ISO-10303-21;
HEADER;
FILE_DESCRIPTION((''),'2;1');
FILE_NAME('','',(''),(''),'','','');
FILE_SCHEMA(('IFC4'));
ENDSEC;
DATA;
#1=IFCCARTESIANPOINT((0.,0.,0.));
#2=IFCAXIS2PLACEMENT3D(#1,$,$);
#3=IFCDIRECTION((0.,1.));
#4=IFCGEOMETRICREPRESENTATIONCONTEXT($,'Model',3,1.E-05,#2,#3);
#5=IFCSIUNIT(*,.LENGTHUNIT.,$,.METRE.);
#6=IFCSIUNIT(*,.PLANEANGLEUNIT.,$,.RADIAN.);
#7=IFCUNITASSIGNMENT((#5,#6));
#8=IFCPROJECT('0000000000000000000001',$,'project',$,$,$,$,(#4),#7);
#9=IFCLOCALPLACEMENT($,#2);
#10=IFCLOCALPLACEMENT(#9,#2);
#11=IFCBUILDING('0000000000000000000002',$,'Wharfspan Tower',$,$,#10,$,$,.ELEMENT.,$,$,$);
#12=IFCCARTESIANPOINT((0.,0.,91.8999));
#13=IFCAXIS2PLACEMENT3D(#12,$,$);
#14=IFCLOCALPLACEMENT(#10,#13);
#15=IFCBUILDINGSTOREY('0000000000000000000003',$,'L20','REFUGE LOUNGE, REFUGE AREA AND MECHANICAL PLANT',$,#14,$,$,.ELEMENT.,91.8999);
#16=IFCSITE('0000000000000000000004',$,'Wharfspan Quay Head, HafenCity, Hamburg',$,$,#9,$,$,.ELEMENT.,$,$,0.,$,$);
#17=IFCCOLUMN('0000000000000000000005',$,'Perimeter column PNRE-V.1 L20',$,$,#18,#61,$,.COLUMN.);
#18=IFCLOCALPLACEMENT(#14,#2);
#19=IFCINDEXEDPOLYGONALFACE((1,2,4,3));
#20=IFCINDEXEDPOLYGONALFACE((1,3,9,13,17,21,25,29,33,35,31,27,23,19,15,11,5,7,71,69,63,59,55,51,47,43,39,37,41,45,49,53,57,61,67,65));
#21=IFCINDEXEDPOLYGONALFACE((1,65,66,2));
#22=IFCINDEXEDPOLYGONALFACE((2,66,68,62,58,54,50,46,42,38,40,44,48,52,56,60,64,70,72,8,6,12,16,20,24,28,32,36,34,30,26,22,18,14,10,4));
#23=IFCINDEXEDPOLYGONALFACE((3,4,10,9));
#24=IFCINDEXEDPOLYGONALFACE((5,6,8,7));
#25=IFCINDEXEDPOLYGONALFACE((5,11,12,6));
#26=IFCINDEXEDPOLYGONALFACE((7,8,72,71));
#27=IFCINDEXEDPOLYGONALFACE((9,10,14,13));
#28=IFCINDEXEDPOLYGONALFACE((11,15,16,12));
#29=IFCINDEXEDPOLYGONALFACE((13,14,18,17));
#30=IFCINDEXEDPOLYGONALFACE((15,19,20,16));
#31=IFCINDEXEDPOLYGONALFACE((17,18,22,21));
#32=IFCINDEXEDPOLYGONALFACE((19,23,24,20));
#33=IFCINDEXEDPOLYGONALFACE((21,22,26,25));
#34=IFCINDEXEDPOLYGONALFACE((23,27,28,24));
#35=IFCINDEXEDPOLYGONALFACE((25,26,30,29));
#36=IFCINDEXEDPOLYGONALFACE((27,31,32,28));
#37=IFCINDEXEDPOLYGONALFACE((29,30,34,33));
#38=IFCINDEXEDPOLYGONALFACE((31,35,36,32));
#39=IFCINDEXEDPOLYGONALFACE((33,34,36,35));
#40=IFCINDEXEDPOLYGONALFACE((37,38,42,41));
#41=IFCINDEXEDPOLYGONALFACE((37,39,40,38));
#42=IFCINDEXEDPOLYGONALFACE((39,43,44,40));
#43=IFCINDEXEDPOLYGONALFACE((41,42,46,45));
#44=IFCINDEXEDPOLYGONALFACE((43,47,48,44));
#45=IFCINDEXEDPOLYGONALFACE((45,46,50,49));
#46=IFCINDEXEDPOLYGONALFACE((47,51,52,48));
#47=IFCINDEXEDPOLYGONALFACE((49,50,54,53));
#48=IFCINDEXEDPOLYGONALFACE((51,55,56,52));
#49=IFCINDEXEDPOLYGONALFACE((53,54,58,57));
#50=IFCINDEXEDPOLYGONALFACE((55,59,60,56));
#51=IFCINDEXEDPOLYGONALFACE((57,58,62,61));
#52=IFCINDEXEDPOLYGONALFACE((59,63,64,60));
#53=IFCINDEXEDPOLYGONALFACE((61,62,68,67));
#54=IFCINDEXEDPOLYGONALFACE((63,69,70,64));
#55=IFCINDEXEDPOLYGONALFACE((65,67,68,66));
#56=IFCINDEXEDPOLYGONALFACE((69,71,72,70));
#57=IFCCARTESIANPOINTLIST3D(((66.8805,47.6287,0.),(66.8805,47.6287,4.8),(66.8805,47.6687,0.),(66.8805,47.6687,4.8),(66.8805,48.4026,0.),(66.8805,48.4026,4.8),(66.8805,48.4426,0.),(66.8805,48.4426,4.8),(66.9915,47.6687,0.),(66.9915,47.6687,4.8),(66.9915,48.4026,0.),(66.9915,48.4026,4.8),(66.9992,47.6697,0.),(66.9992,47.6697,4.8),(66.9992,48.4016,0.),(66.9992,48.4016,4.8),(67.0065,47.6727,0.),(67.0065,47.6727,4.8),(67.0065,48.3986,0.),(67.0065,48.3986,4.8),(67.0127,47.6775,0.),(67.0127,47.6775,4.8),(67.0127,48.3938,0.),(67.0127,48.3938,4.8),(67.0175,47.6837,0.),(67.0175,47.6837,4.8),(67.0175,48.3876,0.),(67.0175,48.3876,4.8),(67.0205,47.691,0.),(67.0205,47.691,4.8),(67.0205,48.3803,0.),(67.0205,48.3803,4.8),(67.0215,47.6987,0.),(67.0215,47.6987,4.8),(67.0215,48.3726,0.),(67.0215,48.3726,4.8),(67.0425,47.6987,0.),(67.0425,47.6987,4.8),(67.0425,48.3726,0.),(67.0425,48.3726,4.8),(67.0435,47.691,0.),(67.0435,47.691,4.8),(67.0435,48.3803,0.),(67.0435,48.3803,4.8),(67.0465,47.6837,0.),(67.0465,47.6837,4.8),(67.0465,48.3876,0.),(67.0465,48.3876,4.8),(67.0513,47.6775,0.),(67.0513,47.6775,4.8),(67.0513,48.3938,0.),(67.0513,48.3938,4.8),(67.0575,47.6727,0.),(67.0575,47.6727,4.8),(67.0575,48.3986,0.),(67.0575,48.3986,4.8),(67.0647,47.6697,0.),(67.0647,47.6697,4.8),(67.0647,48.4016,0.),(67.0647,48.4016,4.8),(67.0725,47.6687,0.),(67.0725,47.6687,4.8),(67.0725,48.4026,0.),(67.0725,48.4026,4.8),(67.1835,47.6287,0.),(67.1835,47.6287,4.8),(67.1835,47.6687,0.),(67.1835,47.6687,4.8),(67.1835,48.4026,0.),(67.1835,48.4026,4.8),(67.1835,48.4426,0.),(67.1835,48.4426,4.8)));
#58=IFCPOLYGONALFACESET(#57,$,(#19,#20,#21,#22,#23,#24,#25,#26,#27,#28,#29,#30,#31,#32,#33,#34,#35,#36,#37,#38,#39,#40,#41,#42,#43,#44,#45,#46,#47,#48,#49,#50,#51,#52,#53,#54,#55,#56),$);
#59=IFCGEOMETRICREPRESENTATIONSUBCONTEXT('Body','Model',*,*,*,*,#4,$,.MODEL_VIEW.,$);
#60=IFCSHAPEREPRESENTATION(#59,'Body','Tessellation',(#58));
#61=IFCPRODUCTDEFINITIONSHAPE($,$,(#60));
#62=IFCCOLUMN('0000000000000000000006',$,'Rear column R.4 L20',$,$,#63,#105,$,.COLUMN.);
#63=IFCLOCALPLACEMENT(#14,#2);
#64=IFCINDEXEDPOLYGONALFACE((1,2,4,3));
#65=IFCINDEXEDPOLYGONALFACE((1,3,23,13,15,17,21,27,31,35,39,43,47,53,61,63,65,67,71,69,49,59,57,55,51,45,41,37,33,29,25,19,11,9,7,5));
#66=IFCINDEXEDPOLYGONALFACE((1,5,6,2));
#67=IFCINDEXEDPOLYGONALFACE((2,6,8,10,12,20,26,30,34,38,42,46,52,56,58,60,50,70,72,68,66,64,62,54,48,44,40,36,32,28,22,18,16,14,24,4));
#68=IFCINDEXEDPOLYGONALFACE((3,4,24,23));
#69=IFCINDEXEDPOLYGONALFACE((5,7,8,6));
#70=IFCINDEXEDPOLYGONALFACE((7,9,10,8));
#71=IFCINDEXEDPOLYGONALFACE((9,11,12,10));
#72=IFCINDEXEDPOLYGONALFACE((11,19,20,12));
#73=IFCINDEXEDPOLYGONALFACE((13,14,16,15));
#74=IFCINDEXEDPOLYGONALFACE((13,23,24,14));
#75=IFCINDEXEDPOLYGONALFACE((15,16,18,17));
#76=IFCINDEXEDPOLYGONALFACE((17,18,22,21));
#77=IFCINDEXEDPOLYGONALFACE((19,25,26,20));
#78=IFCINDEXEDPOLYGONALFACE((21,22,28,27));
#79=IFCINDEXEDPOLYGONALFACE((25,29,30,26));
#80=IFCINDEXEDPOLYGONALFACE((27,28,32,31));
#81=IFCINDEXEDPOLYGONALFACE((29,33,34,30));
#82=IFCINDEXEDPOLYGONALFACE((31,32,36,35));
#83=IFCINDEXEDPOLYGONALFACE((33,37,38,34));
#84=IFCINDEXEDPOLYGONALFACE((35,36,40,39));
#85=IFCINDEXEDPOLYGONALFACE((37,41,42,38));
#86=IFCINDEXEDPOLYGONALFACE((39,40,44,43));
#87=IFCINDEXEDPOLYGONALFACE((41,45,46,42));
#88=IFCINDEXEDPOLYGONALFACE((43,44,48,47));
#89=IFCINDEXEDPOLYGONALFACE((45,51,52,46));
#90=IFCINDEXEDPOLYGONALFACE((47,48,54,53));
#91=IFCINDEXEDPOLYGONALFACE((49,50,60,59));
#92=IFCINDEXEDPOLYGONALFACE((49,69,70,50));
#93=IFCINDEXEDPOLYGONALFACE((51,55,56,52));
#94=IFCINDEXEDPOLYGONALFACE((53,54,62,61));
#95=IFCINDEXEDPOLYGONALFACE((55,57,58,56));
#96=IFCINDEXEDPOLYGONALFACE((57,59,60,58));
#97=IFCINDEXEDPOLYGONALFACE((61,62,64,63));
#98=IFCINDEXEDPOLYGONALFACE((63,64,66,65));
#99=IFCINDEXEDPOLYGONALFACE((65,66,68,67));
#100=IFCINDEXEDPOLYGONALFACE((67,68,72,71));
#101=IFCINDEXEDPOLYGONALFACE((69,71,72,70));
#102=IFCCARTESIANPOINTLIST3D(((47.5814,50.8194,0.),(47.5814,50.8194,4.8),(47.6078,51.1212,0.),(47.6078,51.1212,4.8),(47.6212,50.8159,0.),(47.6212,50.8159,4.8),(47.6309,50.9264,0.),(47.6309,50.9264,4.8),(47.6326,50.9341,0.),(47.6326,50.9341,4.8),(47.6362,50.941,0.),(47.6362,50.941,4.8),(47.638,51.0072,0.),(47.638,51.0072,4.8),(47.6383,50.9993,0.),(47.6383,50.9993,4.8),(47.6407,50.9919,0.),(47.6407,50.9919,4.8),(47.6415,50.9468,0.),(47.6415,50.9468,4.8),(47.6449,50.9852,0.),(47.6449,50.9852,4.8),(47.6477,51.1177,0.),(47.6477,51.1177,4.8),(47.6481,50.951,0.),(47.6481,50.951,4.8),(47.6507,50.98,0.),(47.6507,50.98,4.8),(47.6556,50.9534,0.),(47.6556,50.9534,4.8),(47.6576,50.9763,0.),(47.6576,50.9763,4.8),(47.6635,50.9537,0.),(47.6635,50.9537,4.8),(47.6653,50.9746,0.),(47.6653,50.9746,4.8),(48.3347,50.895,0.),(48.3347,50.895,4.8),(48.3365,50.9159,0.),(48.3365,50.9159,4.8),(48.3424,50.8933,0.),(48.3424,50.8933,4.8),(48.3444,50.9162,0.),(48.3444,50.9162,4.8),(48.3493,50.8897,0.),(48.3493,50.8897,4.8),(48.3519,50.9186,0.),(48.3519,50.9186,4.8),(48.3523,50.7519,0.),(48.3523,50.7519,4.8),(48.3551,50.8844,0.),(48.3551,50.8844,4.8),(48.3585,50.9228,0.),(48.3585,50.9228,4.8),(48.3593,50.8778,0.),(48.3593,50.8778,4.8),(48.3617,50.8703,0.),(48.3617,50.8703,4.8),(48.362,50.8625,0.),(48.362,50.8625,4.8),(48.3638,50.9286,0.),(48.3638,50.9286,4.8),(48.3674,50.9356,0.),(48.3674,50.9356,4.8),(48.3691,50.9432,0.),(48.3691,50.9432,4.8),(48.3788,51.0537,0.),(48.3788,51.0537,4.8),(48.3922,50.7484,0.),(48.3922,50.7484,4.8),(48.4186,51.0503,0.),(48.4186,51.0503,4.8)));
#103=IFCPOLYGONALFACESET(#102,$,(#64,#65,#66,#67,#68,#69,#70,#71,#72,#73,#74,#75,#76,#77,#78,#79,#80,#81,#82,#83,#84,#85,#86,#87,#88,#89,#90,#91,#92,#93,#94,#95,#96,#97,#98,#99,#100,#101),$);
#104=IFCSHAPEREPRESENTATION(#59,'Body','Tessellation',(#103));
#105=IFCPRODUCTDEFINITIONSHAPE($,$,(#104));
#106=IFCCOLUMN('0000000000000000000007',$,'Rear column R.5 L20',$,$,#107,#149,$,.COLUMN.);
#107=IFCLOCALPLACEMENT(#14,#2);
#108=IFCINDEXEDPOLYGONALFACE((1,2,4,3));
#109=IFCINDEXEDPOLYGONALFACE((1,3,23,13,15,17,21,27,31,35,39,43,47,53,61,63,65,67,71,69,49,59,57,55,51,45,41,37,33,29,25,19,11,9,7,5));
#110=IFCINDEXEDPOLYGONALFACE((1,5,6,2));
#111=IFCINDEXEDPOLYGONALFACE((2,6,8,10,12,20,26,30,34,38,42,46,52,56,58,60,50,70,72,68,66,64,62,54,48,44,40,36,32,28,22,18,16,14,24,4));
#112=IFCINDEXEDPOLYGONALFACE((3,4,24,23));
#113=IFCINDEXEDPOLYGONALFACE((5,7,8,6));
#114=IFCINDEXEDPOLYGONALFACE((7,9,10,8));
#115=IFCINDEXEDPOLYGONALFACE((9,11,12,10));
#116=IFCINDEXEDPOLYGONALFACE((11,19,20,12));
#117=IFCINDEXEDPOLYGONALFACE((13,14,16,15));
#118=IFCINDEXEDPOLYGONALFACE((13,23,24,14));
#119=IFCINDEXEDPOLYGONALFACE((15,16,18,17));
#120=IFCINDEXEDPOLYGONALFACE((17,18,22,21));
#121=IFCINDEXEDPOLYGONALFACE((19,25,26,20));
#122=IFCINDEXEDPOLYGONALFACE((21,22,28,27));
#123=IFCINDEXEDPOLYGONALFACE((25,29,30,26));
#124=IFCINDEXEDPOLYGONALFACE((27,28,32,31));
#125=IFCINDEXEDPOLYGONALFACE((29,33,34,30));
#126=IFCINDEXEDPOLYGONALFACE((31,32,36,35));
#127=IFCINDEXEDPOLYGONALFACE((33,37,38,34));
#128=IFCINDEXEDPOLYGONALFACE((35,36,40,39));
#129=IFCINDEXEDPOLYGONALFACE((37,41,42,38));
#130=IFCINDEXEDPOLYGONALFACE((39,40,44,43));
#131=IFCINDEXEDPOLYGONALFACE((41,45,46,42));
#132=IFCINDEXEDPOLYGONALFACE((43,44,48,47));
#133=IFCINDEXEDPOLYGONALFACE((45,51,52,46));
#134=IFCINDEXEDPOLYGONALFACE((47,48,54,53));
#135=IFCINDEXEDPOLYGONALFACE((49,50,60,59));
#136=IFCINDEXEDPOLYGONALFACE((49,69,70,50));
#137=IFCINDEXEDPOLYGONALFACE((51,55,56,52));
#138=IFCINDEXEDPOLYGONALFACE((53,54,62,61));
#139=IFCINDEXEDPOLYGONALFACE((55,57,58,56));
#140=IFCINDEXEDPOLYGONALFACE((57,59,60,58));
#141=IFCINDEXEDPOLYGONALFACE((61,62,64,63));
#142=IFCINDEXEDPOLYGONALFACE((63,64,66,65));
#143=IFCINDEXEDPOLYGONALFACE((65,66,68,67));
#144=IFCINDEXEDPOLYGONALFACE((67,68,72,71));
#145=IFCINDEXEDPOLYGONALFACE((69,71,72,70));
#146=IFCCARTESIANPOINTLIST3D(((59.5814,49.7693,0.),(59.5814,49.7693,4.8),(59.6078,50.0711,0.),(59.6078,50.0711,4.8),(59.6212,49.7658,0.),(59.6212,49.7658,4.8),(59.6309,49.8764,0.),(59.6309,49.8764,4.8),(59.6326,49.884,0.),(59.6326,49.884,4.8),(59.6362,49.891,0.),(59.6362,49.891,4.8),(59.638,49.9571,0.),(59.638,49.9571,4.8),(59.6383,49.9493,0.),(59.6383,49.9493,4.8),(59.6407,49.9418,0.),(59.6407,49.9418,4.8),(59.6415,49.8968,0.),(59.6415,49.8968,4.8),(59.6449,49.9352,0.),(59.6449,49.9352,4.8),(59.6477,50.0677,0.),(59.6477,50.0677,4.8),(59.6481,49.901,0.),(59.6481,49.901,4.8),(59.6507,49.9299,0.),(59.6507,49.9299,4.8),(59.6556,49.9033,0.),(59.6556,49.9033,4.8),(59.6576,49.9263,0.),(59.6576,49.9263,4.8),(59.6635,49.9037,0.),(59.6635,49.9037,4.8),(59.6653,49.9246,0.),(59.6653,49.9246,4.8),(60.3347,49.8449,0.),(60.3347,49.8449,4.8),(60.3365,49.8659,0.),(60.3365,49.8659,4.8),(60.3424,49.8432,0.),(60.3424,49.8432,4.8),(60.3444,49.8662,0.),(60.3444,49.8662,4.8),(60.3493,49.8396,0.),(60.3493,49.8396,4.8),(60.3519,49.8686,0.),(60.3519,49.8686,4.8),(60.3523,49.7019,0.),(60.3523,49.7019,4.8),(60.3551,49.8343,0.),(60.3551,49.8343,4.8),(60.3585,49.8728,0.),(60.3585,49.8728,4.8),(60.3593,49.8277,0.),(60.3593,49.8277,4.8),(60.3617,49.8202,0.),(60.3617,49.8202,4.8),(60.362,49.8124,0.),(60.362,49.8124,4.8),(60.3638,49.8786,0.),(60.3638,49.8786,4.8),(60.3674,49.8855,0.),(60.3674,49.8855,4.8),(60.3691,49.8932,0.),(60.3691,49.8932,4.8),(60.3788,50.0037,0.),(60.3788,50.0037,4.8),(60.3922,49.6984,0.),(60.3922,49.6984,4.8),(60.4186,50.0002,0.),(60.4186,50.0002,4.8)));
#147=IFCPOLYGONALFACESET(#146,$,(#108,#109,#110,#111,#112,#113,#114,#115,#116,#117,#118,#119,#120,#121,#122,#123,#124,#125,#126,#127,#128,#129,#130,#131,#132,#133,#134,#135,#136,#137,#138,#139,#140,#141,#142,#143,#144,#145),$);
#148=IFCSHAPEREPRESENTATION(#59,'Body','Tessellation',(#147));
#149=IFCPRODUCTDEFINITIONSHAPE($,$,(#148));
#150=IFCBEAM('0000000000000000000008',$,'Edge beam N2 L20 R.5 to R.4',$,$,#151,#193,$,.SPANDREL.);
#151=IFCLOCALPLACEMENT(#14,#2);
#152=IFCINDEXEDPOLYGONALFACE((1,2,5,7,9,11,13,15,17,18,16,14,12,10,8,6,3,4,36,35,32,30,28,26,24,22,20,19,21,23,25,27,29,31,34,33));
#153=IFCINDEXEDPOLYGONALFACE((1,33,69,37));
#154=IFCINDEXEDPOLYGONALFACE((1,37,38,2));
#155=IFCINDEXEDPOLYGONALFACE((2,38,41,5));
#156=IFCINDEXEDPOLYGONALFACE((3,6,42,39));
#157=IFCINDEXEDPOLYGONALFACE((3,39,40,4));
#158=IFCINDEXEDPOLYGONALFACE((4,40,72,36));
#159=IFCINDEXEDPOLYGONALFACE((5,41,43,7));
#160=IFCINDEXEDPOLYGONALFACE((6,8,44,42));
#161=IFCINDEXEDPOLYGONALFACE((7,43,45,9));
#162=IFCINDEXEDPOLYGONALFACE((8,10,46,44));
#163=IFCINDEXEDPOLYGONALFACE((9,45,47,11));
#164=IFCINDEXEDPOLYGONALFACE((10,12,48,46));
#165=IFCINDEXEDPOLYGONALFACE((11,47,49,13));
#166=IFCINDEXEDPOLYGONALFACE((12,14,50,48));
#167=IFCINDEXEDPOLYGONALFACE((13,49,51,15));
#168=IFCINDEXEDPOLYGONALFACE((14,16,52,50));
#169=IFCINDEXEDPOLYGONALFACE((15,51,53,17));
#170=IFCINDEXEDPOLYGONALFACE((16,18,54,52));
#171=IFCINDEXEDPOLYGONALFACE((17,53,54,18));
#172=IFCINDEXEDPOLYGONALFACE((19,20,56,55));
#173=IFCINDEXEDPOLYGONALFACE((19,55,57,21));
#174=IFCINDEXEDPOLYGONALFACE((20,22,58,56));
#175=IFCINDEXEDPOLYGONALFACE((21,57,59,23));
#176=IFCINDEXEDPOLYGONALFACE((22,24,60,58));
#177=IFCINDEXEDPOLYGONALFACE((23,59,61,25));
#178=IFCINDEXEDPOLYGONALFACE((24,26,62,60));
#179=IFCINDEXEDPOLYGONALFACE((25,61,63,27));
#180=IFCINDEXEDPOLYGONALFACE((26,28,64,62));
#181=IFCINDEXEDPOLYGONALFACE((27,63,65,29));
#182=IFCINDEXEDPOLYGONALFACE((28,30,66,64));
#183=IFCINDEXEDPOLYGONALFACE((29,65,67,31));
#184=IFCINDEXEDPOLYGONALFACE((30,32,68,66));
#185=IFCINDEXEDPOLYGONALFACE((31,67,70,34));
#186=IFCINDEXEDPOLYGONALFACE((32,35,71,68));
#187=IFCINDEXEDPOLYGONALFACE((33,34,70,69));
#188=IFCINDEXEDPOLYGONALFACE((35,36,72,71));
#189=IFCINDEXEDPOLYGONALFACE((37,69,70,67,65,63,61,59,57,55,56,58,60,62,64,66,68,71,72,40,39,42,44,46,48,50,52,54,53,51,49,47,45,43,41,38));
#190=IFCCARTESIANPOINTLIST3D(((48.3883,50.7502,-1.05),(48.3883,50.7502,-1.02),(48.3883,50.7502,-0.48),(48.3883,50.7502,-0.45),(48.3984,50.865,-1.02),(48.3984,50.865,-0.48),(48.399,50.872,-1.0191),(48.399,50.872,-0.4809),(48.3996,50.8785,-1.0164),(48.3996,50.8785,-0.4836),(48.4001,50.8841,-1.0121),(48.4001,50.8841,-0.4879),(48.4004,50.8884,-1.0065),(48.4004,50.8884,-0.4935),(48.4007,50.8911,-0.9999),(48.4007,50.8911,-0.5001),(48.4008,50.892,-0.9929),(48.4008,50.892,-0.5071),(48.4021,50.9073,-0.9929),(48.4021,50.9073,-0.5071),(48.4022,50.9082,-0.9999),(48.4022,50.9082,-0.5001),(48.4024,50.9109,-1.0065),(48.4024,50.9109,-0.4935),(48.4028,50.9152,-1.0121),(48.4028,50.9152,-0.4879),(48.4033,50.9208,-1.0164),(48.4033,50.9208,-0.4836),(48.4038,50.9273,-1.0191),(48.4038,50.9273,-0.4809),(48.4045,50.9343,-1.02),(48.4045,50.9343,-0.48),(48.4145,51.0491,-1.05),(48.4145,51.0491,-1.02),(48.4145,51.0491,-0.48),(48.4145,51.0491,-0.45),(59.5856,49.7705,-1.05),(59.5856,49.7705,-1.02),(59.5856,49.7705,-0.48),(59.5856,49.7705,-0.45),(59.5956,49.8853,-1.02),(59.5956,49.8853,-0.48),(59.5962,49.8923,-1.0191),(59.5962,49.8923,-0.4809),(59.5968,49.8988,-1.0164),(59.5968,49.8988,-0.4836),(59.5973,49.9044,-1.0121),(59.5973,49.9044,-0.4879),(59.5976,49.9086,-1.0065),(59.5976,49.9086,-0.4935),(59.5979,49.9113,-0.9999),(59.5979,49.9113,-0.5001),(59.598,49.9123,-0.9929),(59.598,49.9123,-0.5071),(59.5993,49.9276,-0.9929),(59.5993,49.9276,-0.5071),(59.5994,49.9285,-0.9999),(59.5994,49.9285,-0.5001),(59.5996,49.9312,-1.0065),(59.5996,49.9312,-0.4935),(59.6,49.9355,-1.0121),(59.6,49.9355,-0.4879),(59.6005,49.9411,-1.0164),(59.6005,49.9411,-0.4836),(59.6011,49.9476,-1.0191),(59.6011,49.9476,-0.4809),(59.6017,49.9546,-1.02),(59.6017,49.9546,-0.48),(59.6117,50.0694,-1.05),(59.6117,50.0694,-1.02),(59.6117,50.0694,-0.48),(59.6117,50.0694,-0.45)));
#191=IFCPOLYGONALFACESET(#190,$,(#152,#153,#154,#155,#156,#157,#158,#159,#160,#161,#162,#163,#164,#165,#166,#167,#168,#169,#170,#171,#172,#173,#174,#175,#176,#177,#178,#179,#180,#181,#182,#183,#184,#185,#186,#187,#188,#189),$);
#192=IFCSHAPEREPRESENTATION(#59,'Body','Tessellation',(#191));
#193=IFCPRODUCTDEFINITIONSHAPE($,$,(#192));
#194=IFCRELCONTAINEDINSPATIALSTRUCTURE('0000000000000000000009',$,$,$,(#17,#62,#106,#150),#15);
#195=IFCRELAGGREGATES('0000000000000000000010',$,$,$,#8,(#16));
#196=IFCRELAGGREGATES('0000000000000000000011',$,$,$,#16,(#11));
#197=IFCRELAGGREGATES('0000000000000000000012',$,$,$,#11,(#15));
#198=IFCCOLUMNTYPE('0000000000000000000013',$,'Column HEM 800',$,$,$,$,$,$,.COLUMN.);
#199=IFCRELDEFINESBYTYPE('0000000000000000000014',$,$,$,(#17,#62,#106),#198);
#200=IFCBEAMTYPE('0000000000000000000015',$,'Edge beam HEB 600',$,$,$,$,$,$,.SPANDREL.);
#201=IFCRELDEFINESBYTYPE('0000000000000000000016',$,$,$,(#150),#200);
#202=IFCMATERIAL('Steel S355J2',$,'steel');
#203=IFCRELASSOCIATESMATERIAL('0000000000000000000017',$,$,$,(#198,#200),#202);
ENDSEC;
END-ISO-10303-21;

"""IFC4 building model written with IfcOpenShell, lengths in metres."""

from ifc_helpers import new_model, si_unit, direction, frame, origin, origin_2d, place, context, subcontext, project, spatial, i_section, extrude, material, material_profile, profile_set, type_object, element, save


model = new_model("IFC4")

# Units and contexts
model_context = context("Model", 3, precision=1e-05, world=origin(), true_north=direction((0.0, 1.0)))
body_context = subcontext(model_context, "Body", "Model", "MODEL_VIEW")
ifc_project = project(units=[si_unit("LENGTHUNIT", "METRE"), si_unit("PLANEANGLEUNIT", "RADIAN")], contexts=[model_context])

# Site, building, storey
site_placement = place(None, origin())
site = spatial("IfcSite", under=ifc_project, at=site_placement, Name="Wharfspan Quay Head, HafenCity, Hamburg", CompositionType="ELEMENT", RefElevation=0.0)
building_placement = place(site_placement, origin())
building = spatial("IfcBuilding", under=site, at=building_placement, Name="Wharfspan Tower", CompositionType="ELEMENT")
storey_placement = place(building_placement, frame((0.0, 0.0, 91.8999)))
storey = spatial("IfcBuildingStorey", under=building, at=storey_placement, Name="L20", Description="REFUGE LOUNGE, REFUGE AREA AND MECHANICAL PLANT", CompositionType="ELEMENT", Elevation=91.8999)

# Columns
ifc_material_1 = material(Name="Steel S355J2", Category="steel")
ifc_material_profile_1 = material_profile(ifc_material_1, i_section(OverallWidth=0.303, OverallDepth=0.814, WebThickness=0.021, FlangeThickness=0.04, FilletRadius=0.03, at=origin_2d()))
ifc_profile_set_1 = profile_set([ifc_material_profile_1], Name="Steel S355J2")
column_type = type_object("IfcColumnType", Name="Column HEM 800", PredefinedType="COLUMN", material=ifc_profile_set_1)
for number, where, z_axis, x_axis, name in (
    (1, (67.032, 48.0356, 0.0), (0.0, 0.0, 1.0), (1.0, 0.0, 0.0), "Perimeter column PNRE-V.1 L20"),
    (2, (48.0, 50.9348, 0.0), (0.0, 0.0, 1.0), (0.087156, 0.996197, 0.0), "Rear column R.4 L20"),
    (3, (60.0, 49.8848, 0.0), (0.0, 0.0, 1.0), (0.087156, 0.996197, 0.0), "Rear column R.5 L20"),
):
    element("IfcColumn", number, at=place(storey_placement, frame(where, z_axis=z_axis, x_axis=x_axis)), inside=storey, type_object=column_type, Name=name, PredefinedType="COLUMN", context=body_context, shape_type="SweptSolid", body=[
        extrude(i_section(OverallWidth=0.303, OverallDepth=0.814, WebThickness=0.021, FlangeThickness=0.04, FilletRadius=0.03, at=origin_2d()), origin(), (0.0, 0.0, 1.0), 4.8),
    ])

# Beam
ifc_material_profile_2 = material_profile(ifc_material_1, i_section(OverallWidth=0.3, OverallDepth=0.6001, WebThickness=0.0154, FlangeThickness=0.03, FilletRadius=0.0271, at=origin_2d()))
ifc_profile_set_2 = profile_set([ifc_material_profile_2], Name="Steel S355J2")
beam_type = type_object("IfcBeamType", Name="Edge beam HEB 600", PredefinedType="SPANDREL", material=ifc_profile_set_2)
beam_placement = place(storey_placement, frame((59.5986, 49.9199, -0.75), z_axis=(-0.996194, 0.087165, 0.0), x_axis=(-0.087165, -0.996194, 0.0)))
element("IfcBeam", 4, at=beam_placement, inside=storey, type_object=beam_type, Name="Edge beam N2 L20 R.5 to R.4", PredefinedType="SPANDREL", context=body_context, shape_type="SweptSolid", body=[
    extrude(i_section(OverallWidth=0.3, OverallDepth=0.6001, WebThickness=0.0154, FlangeThickness=0.03, FilletRadius=0.0271, at=origin_2d()), origin(), (0.0, 0.0, 1.0), 11.24),
])

save(model, "model.ifc")
